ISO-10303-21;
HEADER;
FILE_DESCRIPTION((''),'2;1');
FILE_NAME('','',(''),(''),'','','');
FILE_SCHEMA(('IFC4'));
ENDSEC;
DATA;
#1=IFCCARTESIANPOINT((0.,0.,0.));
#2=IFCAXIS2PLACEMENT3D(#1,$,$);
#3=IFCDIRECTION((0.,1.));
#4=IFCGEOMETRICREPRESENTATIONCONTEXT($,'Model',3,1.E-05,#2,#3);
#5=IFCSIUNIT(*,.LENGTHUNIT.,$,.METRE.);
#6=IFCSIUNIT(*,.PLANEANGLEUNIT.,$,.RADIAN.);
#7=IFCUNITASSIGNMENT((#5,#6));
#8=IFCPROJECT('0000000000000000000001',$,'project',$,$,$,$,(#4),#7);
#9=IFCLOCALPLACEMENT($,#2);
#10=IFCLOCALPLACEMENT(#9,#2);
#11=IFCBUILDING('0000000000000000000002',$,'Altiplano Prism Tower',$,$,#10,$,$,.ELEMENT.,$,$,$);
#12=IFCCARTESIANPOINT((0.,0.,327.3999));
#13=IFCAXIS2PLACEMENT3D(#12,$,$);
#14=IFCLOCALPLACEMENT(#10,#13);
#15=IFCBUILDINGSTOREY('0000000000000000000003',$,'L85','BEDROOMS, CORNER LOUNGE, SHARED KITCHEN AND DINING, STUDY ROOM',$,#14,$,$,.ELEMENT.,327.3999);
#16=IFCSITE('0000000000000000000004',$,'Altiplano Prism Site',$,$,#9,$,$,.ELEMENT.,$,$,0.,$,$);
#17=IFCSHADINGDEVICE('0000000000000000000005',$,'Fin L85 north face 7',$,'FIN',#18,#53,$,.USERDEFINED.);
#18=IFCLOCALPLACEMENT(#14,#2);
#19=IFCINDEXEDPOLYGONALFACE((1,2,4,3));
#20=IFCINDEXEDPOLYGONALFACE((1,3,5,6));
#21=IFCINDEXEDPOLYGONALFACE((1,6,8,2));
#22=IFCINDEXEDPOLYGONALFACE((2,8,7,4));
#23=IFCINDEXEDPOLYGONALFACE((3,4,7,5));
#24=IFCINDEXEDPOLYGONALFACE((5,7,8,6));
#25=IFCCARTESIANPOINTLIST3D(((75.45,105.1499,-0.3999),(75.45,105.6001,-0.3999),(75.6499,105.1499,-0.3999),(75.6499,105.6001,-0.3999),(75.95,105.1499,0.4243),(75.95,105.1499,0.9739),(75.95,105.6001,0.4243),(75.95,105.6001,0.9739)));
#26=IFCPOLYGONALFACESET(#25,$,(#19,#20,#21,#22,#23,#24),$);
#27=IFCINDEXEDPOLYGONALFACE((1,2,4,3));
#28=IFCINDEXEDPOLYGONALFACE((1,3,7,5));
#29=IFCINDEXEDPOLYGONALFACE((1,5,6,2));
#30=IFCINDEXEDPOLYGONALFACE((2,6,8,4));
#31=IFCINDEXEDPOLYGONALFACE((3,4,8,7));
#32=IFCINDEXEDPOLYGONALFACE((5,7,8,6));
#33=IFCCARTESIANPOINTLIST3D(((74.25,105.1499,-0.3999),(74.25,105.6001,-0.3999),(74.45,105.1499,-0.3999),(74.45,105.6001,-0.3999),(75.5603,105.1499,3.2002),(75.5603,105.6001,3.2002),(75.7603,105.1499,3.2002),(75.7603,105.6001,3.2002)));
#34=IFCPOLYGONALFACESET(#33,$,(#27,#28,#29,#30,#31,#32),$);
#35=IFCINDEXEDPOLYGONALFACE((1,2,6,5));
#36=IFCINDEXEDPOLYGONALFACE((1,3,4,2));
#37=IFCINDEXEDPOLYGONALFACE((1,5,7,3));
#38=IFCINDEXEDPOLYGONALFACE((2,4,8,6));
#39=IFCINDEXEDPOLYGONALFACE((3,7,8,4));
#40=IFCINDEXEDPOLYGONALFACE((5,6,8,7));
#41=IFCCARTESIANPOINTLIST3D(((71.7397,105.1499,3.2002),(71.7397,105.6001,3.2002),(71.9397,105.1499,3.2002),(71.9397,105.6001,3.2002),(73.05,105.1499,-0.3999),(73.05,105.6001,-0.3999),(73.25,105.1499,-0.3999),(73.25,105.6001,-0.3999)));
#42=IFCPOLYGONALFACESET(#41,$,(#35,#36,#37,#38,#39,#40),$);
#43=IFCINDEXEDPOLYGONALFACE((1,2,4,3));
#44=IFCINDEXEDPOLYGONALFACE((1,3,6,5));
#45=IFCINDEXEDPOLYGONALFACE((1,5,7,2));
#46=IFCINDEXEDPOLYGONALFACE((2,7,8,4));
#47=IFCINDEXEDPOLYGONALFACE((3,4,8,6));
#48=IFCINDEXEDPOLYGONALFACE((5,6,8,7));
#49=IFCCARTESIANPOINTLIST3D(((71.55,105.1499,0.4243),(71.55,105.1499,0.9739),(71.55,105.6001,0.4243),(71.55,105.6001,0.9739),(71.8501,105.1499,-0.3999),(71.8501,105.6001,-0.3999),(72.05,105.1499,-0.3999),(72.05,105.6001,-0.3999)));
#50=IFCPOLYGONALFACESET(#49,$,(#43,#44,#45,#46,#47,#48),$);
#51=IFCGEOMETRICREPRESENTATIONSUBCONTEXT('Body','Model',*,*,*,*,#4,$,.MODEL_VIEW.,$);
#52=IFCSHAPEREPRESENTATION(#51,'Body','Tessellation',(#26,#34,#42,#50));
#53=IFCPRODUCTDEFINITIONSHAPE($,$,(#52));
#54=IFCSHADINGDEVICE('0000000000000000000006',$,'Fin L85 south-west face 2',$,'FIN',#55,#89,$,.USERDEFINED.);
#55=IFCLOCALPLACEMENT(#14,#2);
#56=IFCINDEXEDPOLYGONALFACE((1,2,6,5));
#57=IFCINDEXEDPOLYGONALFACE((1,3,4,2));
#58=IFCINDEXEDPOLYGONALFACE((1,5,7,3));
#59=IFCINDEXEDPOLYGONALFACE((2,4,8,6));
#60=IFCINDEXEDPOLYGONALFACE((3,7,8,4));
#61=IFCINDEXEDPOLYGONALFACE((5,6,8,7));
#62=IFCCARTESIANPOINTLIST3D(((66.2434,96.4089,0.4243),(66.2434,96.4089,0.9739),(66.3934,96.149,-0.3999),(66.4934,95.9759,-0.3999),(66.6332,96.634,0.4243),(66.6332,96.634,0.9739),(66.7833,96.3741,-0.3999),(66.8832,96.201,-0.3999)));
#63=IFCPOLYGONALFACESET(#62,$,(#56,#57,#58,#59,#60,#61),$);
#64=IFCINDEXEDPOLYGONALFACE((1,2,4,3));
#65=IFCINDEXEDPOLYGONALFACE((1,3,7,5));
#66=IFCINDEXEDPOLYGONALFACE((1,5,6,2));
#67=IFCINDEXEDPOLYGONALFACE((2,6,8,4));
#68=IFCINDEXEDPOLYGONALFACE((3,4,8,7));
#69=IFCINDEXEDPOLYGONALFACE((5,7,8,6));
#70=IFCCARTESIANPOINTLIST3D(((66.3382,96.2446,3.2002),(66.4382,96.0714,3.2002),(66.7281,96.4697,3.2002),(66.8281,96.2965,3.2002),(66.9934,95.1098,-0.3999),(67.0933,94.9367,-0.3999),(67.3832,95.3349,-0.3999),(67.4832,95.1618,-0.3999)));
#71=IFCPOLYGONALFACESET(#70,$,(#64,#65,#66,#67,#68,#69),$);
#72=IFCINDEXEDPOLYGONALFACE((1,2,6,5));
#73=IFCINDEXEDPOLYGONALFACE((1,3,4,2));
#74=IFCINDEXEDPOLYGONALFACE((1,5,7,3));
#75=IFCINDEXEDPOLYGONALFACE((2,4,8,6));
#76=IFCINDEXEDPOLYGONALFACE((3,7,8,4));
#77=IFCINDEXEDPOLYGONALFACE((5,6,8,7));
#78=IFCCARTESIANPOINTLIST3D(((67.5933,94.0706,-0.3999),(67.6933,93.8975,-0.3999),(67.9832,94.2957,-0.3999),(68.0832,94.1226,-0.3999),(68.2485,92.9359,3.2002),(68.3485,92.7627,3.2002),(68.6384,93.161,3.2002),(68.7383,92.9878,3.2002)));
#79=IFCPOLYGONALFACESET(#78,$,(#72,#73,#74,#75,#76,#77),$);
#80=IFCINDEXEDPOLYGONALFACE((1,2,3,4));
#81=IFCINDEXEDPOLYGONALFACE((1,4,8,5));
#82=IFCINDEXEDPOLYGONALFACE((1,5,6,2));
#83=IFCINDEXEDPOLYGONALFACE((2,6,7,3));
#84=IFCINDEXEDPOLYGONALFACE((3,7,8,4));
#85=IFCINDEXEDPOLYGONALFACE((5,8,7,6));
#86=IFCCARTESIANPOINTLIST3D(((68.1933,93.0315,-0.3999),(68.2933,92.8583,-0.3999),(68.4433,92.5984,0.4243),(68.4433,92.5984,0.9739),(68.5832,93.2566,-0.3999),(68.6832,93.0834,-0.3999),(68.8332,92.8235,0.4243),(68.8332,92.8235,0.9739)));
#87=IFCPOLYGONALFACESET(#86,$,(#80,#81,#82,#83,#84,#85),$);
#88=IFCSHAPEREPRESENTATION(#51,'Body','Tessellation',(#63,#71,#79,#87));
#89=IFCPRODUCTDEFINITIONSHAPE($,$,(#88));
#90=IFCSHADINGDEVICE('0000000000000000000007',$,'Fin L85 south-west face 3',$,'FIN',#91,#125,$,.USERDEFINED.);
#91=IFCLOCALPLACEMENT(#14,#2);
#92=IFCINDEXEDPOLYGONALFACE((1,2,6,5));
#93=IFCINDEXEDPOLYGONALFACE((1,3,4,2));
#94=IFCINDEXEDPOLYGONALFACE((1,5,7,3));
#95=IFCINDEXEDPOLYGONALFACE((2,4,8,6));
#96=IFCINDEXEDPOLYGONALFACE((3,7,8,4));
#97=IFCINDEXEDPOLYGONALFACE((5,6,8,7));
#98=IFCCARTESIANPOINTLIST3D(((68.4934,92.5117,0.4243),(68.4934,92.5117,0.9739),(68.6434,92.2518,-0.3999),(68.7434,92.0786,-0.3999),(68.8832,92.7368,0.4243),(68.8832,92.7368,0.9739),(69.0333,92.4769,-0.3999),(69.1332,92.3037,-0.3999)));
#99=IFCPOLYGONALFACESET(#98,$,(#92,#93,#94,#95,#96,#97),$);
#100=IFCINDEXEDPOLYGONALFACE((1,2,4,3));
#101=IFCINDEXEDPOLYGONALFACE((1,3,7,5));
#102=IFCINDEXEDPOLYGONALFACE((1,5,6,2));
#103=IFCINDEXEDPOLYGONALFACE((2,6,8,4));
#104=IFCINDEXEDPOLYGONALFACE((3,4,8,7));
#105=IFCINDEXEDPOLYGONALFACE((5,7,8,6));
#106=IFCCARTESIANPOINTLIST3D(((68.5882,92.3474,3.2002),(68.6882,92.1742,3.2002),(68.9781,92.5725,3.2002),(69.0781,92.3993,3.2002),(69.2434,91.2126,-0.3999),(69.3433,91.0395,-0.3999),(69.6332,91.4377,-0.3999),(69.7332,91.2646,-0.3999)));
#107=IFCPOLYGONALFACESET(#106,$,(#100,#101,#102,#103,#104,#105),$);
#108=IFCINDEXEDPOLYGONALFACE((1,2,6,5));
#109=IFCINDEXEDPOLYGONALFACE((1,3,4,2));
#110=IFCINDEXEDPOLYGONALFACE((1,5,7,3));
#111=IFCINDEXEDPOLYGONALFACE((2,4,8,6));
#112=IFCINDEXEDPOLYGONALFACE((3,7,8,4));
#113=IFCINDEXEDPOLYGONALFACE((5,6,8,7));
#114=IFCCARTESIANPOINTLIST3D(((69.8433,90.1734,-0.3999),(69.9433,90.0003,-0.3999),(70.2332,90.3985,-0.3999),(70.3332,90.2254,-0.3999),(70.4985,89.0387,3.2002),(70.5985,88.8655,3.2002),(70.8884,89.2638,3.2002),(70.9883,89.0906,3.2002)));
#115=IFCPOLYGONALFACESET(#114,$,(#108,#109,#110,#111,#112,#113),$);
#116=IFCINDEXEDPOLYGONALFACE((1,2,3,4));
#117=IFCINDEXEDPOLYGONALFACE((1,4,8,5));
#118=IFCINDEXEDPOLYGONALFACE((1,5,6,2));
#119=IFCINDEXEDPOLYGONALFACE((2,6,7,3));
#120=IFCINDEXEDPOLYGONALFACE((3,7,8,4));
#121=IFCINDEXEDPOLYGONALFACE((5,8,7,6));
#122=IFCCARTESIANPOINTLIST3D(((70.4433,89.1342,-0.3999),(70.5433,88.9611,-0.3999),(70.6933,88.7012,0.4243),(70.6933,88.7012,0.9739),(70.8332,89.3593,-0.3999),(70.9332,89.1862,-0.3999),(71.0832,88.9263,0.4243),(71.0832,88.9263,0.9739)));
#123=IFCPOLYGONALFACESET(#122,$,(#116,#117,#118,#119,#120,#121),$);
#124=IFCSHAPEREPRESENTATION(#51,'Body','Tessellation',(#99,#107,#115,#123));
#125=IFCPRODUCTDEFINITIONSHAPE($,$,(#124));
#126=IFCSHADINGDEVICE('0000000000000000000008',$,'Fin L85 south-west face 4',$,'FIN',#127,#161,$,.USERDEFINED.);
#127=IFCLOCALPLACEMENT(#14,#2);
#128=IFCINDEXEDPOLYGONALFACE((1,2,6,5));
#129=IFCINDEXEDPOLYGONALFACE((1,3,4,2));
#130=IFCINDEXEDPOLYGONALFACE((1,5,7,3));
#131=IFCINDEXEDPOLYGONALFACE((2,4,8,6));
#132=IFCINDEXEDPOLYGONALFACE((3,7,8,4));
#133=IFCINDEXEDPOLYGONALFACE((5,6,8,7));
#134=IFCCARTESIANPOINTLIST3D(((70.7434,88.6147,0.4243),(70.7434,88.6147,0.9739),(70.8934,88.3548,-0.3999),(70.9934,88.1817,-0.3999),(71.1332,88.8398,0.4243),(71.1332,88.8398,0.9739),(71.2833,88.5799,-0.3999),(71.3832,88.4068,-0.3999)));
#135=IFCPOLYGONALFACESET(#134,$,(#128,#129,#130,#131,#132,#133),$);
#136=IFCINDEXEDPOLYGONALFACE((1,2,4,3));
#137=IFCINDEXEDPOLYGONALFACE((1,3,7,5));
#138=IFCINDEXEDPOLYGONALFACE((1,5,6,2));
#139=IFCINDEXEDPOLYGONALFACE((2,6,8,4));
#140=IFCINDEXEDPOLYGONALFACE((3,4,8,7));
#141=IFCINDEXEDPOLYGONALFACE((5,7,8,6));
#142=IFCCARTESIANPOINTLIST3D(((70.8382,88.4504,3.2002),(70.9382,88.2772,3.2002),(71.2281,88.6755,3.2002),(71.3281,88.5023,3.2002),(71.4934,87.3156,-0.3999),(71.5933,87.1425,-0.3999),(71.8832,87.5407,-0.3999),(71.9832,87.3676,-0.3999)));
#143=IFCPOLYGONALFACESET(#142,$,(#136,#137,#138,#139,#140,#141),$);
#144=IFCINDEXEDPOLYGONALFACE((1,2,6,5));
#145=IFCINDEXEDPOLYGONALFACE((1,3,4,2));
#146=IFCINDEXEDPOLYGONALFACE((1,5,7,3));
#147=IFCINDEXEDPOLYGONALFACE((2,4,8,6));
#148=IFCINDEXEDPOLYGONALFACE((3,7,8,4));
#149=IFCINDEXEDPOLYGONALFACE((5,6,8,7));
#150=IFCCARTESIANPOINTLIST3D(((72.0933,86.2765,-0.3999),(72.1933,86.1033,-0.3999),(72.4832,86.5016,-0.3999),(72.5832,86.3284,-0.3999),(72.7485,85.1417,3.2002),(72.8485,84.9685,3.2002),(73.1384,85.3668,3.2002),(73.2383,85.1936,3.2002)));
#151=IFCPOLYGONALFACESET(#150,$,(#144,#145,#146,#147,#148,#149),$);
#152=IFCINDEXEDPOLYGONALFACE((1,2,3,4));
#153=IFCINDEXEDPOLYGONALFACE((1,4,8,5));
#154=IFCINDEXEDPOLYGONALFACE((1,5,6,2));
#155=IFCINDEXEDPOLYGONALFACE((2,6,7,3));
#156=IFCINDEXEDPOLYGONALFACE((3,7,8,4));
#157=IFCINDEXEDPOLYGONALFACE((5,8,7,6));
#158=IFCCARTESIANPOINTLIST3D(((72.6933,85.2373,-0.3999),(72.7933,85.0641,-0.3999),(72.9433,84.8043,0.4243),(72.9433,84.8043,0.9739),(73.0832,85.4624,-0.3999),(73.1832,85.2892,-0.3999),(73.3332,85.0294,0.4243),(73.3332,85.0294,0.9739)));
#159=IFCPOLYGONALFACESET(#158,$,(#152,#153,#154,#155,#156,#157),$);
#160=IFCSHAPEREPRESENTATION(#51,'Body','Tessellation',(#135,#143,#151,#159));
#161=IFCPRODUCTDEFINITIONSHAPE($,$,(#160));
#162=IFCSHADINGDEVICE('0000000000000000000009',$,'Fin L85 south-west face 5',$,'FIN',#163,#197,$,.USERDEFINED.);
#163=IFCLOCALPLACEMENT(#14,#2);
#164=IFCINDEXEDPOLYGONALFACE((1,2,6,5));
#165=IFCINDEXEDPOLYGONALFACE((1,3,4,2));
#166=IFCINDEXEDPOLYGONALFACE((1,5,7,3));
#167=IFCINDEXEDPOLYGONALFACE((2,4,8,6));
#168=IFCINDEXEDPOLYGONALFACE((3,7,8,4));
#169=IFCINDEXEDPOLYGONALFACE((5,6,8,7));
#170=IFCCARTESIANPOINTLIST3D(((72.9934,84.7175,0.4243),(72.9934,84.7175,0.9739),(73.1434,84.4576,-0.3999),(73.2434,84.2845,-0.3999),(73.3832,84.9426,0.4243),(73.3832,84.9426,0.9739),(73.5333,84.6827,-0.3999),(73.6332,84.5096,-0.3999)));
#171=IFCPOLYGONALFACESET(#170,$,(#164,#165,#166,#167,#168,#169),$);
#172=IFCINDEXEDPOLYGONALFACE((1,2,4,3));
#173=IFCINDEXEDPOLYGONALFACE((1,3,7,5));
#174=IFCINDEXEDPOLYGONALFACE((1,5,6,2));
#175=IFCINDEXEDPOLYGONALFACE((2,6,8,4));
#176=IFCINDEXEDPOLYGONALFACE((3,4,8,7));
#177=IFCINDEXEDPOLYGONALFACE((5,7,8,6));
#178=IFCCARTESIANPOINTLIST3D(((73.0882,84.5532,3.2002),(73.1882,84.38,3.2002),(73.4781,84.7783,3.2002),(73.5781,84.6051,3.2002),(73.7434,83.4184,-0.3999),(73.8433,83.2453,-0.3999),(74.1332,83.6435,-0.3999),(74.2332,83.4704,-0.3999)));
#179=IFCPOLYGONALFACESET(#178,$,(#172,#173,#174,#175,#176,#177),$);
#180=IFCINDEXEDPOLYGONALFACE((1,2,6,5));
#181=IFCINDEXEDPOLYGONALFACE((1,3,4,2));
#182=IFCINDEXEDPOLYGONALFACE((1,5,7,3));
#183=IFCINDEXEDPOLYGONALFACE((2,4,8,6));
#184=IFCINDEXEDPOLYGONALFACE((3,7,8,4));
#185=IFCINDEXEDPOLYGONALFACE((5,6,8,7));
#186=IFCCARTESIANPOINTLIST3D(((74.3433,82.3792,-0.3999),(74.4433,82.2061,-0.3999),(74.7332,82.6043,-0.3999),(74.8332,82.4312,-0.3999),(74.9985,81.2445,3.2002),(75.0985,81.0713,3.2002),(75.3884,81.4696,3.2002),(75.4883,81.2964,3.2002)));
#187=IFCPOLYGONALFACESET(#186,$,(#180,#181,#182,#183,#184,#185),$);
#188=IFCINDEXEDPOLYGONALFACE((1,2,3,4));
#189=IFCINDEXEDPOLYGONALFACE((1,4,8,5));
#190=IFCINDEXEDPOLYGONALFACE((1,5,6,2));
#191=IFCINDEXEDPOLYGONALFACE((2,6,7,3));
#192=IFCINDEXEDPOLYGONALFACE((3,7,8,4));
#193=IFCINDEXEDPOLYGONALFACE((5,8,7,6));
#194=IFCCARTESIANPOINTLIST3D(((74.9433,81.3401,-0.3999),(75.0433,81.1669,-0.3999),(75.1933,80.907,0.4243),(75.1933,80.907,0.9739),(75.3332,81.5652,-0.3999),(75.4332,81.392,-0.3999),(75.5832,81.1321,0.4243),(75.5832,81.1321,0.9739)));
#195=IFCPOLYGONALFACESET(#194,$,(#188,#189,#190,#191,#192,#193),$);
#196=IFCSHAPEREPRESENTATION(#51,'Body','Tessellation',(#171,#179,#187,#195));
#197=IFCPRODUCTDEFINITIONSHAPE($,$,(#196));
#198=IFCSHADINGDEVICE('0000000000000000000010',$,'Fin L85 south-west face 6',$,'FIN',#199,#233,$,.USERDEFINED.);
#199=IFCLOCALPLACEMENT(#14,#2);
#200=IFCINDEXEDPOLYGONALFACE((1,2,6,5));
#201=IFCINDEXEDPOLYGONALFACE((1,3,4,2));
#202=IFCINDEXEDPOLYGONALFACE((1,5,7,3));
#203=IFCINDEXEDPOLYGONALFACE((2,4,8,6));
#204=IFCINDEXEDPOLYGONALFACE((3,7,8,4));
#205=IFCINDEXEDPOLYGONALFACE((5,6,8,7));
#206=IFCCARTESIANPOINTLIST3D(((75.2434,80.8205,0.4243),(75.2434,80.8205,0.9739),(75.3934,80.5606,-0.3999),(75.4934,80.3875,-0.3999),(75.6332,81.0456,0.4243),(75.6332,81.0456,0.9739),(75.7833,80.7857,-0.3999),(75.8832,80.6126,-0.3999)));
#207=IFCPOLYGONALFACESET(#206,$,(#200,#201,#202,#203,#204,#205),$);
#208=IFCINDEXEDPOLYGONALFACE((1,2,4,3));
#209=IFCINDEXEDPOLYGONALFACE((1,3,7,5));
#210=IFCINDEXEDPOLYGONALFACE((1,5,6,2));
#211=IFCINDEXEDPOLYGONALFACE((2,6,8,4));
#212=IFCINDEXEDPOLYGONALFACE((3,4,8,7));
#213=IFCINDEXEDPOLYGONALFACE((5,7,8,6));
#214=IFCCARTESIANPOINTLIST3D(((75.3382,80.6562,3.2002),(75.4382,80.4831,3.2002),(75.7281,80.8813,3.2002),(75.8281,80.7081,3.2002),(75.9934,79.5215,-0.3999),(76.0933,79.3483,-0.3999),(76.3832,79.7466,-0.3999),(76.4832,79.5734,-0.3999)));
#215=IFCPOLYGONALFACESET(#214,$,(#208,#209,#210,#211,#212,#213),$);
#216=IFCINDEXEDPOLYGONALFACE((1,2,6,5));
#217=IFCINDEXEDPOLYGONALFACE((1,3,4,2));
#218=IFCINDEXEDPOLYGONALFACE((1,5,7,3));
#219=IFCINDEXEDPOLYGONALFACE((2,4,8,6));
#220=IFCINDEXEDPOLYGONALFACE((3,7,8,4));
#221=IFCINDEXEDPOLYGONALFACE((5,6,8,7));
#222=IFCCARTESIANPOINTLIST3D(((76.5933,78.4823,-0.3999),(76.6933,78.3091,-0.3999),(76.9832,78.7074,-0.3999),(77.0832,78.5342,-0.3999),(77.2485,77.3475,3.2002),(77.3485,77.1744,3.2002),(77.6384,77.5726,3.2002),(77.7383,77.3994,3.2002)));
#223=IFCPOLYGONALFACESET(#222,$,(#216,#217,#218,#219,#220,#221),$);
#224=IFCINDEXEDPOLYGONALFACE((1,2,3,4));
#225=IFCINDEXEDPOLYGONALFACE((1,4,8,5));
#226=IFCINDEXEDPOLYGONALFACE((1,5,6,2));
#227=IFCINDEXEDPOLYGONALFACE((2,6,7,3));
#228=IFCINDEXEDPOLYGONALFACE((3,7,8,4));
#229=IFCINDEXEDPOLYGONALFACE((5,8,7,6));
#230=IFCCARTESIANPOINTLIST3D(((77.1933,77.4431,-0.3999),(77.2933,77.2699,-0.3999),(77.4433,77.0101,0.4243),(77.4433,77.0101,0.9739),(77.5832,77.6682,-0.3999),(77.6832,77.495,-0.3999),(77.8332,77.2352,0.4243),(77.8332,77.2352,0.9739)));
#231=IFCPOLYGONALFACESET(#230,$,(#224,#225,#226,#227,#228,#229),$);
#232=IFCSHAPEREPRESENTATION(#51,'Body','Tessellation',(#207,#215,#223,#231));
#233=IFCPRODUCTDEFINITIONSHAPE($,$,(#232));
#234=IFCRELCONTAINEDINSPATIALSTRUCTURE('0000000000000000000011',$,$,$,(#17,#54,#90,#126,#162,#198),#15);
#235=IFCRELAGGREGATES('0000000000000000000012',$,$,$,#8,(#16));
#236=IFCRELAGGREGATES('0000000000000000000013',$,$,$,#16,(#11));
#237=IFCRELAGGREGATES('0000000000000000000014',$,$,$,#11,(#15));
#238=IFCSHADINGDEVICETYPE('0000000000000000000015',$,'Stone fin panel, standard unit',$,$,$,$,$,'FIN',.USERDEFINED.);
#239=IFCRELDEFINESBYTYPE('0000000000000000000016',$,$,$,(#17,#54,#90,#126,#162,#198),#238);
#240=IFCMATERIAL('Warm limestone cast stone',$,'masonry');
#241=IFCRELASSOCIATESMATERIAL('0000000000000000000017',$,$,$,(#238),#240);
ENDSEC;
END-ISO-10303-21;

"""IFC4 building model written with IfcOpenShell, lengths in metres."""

from ifc_helpers import new_model, si_unit, direction, frame, origin, place, context, subcontext, project, spatial, polyline, outline, extrude, source, transform, mapped, material, type_object, element, save


model = new_model("IFC4")

# Units and contexts
model_context = context("Model", 3, precision=1e-05, world=origin(), true_north=direction((0.0, 1.0)))
body_context = subcontext(model_context, "Body", "Model", "MODEL_VIEW")
ifc_project = project(units=[si_unit("LENGTHUNIT", "METRE"), si_unit("PLANEANGLEUNIT", "RADIAN")], contexts=[model_context])

# Site, building, storey
site_placement = place(None, origin())
site = spatial("IfcSite", under=ifc_project, at=site_placement, Name="Altiplano Prism Site", CompositionType="ELEMENT", RefElevation=0.0)
building_placement = place(site_placement, origin())
building = spatial("IfcBuilding", under=site, at=building_placement, Name="Altiplano Prism Tower", CompositionType="ELEMENT")
storey_placement = place(building_placement, frame((0.0, 0.0, 327.3999)))
storey = spatial("IfcBuildingStorey", under=building, at=storey_placement, Name="L85", Description="BEDROOMS, CORNER LOUNGE, SHARED KITCHEN AND DINING, STUDY ROOM", CompositionType="ELEMENT", Elevation=327.3999)

# Shading devices
ifc_material_1 = material(Name="Warm limestone cast stone", Category="masonry")
shading_device_type_1 = type_object("IfcShadingDeviceType", Name="Stone fin panel, standard unit", ElementType="FIN", PredefinedType="USERDEFINED", material=ifc_material_1)
shared_shape_1 = source(origin(), body_context, "Body", "SweptSolid", [
    extrude(outline(polyline([(-2.2, 1.3738), (-2.2, 0.8242), (-1.8999, 0.0), (-1.7, 0.0), (-2.2, 1.3738)])), frame((0.0, -0.1499, 0.0), z_axis=(0.0, -1.0, 0.0), x_axis=(1.0, 0.0, 0.0)), (0.0, 0.0, 1.0), 0.4502),
    extrude(outline(polyline([(-2.0103, 3.6001), (-0.7, 0.0), (-0.5, 0.0), (-1.8103, 3.6001), (-2.0103, 3.6001)])), frame((0.0, -0.1499, 0.0), z_axis=(0.0, -1.0, 0.0), x_axis=(1.0, 0.0, 0.0)), (0.0, 0.0, 1.0), 0.4502),
    extrude(outline(polyline([(1.8103, 3.6001), (0.5, 0.0), (0.7, 0.0), (2.0103, 3.6001), (1.8103, 3.6001)])), frame((0.0, -0.1499, 0.0), z_axis=(0.0, -1.0, 0.0), x_axis=(1.0, 0.0, 0.0)), (0.0, 0.0, 1.0), 0.4502),
    extrude(outline(polyline([(2.2, 0.8242), (2.2, 1.3738), (1.7, 0.0), (1.8999, 0.0), (2.2, 0.8242)])), frame((0.0, -0.1499, 0.0), z_axis=(0.0, -1.0, 0.0), x_axis=(1.0, 0.0, 0.0)), (0.0, 0.0, 1.0), 0.4502),
])
shading_device_1_placement = place(storey_placement, origin())
element("IfcShadingDevice", 1, at=shading_device_1_placement, inside=storey, type_object=shading_device_type_1, Name="Fin L85 north face 7", ObjectType="FIN", PredefinedType="USERDEFINED", context=body_context, shape_type="MappedRepresentation", body=[
    mapped(shared_shape_1, transform((73.75, 105.0, -0.3999), x_axis=(-1.0, 0.0, 0.0), y_axis=(0.0, -1.0, 0.0), z_axis=(0.0, 0.0, 1.0))),
])
shading_device_2_placement = place(storey_placement, origin())
element("IfcShadingDevice", 2, at=shading_device_2_placement, inside=storey, type_object=shading_device_type_1, Name="Fin L85 south-west face 2", ObjectType="FIN", PredefinedType="USERDEFINED", context=body_context, shape_type="MappedRepresentation", body=[
    mapped(shared_shape_1, transform((67.863, 94.8037, -0.3999), x_axis=(0.5, -0.866025, 0.0), y_axis=(0.866025, 0.5, 0.0), z_axis=(0.0, 0.0, 1.0))),
])
shading_device_3_placement = place(storey_placement, origin())
element("IfcShadingDevice", 3, at=shading_device_3_placement, inside=storey, type_object=shading_device_type_1, Name="Fin L85 south-west face 3", ObjectType="FIN", PredefinedType="USERDEFINED", context=body_context, shape_type="MappedRepresentation", body=[
    mapped(shared_shape_1, transform((70.113, 90.9065, -0.3999), x_axis=(0.5, -0.866025, 0.0), y_axis=(0.866025, 0.5, 0.0), z_axis=(0.0, 0.0, 1.0))),
])
shading_device_4_placement = place(storey_placement, origin())
element("IfcShadingDevice", 4, at=shading_device_4_placement, inside=storey, type_object=shading_device_type_1, Name="Fin L85 south-west face 4", ObjectType="FIN", PredefinedType="USERDEFINED", context=body_context, shape_type="MappedRepresentation", body=[
    mapped(shared_shape_1, transform((72.363, 87.0095, -0.3999), x_axis=(0.5, -0.866025, 0.0), y_axis=(0.866025, 0.5, 0.0), z_axis=(0.0, 0.0, 1.0))),
])
shading_device_5_placement = place(storey_placement, origin())
element("IfcShadingDevice", 5, at=shading_device_5_placement, inside=storey, type_object=shading_device_type_1, Name="Fin L85 south-west face 5", ObjectType="FIN", PredefinedType="USERDEFINED", context=body_context, shape_type="MappedRepresentation", body=[
    mapped(shared_shape_1, transform((74.613, 83.1123, -0.3999), x_axis=(0.5, -0.866025, 0.0), y_axis=(0.866025, 0.5, 0.0), z_axis=(0.0, 0.0, 1.0))),
])
shading_device_6_placement = place(storey_placement, origin())
element("IfcShadingDevice", 6, at=shading_device_6_placement, inside=storey, type_object=shading_device_type_1, Name="Fin L85 south-west face 6", ObjectType="FIN", PredefinedType="USERDEFINED", context=body_context, shape_type="MappedRepresentation", body=[
    mapped(shared_shape_1, transform((76.863, 79.2153, -0.3999), x_axis=(0.5, -0.866025, 0.0), y_axis=(0.866025, 0.5, 0.0), z_axis=(0.0, 0.0, 1.0))),
])

save(model, "model.ifc")
